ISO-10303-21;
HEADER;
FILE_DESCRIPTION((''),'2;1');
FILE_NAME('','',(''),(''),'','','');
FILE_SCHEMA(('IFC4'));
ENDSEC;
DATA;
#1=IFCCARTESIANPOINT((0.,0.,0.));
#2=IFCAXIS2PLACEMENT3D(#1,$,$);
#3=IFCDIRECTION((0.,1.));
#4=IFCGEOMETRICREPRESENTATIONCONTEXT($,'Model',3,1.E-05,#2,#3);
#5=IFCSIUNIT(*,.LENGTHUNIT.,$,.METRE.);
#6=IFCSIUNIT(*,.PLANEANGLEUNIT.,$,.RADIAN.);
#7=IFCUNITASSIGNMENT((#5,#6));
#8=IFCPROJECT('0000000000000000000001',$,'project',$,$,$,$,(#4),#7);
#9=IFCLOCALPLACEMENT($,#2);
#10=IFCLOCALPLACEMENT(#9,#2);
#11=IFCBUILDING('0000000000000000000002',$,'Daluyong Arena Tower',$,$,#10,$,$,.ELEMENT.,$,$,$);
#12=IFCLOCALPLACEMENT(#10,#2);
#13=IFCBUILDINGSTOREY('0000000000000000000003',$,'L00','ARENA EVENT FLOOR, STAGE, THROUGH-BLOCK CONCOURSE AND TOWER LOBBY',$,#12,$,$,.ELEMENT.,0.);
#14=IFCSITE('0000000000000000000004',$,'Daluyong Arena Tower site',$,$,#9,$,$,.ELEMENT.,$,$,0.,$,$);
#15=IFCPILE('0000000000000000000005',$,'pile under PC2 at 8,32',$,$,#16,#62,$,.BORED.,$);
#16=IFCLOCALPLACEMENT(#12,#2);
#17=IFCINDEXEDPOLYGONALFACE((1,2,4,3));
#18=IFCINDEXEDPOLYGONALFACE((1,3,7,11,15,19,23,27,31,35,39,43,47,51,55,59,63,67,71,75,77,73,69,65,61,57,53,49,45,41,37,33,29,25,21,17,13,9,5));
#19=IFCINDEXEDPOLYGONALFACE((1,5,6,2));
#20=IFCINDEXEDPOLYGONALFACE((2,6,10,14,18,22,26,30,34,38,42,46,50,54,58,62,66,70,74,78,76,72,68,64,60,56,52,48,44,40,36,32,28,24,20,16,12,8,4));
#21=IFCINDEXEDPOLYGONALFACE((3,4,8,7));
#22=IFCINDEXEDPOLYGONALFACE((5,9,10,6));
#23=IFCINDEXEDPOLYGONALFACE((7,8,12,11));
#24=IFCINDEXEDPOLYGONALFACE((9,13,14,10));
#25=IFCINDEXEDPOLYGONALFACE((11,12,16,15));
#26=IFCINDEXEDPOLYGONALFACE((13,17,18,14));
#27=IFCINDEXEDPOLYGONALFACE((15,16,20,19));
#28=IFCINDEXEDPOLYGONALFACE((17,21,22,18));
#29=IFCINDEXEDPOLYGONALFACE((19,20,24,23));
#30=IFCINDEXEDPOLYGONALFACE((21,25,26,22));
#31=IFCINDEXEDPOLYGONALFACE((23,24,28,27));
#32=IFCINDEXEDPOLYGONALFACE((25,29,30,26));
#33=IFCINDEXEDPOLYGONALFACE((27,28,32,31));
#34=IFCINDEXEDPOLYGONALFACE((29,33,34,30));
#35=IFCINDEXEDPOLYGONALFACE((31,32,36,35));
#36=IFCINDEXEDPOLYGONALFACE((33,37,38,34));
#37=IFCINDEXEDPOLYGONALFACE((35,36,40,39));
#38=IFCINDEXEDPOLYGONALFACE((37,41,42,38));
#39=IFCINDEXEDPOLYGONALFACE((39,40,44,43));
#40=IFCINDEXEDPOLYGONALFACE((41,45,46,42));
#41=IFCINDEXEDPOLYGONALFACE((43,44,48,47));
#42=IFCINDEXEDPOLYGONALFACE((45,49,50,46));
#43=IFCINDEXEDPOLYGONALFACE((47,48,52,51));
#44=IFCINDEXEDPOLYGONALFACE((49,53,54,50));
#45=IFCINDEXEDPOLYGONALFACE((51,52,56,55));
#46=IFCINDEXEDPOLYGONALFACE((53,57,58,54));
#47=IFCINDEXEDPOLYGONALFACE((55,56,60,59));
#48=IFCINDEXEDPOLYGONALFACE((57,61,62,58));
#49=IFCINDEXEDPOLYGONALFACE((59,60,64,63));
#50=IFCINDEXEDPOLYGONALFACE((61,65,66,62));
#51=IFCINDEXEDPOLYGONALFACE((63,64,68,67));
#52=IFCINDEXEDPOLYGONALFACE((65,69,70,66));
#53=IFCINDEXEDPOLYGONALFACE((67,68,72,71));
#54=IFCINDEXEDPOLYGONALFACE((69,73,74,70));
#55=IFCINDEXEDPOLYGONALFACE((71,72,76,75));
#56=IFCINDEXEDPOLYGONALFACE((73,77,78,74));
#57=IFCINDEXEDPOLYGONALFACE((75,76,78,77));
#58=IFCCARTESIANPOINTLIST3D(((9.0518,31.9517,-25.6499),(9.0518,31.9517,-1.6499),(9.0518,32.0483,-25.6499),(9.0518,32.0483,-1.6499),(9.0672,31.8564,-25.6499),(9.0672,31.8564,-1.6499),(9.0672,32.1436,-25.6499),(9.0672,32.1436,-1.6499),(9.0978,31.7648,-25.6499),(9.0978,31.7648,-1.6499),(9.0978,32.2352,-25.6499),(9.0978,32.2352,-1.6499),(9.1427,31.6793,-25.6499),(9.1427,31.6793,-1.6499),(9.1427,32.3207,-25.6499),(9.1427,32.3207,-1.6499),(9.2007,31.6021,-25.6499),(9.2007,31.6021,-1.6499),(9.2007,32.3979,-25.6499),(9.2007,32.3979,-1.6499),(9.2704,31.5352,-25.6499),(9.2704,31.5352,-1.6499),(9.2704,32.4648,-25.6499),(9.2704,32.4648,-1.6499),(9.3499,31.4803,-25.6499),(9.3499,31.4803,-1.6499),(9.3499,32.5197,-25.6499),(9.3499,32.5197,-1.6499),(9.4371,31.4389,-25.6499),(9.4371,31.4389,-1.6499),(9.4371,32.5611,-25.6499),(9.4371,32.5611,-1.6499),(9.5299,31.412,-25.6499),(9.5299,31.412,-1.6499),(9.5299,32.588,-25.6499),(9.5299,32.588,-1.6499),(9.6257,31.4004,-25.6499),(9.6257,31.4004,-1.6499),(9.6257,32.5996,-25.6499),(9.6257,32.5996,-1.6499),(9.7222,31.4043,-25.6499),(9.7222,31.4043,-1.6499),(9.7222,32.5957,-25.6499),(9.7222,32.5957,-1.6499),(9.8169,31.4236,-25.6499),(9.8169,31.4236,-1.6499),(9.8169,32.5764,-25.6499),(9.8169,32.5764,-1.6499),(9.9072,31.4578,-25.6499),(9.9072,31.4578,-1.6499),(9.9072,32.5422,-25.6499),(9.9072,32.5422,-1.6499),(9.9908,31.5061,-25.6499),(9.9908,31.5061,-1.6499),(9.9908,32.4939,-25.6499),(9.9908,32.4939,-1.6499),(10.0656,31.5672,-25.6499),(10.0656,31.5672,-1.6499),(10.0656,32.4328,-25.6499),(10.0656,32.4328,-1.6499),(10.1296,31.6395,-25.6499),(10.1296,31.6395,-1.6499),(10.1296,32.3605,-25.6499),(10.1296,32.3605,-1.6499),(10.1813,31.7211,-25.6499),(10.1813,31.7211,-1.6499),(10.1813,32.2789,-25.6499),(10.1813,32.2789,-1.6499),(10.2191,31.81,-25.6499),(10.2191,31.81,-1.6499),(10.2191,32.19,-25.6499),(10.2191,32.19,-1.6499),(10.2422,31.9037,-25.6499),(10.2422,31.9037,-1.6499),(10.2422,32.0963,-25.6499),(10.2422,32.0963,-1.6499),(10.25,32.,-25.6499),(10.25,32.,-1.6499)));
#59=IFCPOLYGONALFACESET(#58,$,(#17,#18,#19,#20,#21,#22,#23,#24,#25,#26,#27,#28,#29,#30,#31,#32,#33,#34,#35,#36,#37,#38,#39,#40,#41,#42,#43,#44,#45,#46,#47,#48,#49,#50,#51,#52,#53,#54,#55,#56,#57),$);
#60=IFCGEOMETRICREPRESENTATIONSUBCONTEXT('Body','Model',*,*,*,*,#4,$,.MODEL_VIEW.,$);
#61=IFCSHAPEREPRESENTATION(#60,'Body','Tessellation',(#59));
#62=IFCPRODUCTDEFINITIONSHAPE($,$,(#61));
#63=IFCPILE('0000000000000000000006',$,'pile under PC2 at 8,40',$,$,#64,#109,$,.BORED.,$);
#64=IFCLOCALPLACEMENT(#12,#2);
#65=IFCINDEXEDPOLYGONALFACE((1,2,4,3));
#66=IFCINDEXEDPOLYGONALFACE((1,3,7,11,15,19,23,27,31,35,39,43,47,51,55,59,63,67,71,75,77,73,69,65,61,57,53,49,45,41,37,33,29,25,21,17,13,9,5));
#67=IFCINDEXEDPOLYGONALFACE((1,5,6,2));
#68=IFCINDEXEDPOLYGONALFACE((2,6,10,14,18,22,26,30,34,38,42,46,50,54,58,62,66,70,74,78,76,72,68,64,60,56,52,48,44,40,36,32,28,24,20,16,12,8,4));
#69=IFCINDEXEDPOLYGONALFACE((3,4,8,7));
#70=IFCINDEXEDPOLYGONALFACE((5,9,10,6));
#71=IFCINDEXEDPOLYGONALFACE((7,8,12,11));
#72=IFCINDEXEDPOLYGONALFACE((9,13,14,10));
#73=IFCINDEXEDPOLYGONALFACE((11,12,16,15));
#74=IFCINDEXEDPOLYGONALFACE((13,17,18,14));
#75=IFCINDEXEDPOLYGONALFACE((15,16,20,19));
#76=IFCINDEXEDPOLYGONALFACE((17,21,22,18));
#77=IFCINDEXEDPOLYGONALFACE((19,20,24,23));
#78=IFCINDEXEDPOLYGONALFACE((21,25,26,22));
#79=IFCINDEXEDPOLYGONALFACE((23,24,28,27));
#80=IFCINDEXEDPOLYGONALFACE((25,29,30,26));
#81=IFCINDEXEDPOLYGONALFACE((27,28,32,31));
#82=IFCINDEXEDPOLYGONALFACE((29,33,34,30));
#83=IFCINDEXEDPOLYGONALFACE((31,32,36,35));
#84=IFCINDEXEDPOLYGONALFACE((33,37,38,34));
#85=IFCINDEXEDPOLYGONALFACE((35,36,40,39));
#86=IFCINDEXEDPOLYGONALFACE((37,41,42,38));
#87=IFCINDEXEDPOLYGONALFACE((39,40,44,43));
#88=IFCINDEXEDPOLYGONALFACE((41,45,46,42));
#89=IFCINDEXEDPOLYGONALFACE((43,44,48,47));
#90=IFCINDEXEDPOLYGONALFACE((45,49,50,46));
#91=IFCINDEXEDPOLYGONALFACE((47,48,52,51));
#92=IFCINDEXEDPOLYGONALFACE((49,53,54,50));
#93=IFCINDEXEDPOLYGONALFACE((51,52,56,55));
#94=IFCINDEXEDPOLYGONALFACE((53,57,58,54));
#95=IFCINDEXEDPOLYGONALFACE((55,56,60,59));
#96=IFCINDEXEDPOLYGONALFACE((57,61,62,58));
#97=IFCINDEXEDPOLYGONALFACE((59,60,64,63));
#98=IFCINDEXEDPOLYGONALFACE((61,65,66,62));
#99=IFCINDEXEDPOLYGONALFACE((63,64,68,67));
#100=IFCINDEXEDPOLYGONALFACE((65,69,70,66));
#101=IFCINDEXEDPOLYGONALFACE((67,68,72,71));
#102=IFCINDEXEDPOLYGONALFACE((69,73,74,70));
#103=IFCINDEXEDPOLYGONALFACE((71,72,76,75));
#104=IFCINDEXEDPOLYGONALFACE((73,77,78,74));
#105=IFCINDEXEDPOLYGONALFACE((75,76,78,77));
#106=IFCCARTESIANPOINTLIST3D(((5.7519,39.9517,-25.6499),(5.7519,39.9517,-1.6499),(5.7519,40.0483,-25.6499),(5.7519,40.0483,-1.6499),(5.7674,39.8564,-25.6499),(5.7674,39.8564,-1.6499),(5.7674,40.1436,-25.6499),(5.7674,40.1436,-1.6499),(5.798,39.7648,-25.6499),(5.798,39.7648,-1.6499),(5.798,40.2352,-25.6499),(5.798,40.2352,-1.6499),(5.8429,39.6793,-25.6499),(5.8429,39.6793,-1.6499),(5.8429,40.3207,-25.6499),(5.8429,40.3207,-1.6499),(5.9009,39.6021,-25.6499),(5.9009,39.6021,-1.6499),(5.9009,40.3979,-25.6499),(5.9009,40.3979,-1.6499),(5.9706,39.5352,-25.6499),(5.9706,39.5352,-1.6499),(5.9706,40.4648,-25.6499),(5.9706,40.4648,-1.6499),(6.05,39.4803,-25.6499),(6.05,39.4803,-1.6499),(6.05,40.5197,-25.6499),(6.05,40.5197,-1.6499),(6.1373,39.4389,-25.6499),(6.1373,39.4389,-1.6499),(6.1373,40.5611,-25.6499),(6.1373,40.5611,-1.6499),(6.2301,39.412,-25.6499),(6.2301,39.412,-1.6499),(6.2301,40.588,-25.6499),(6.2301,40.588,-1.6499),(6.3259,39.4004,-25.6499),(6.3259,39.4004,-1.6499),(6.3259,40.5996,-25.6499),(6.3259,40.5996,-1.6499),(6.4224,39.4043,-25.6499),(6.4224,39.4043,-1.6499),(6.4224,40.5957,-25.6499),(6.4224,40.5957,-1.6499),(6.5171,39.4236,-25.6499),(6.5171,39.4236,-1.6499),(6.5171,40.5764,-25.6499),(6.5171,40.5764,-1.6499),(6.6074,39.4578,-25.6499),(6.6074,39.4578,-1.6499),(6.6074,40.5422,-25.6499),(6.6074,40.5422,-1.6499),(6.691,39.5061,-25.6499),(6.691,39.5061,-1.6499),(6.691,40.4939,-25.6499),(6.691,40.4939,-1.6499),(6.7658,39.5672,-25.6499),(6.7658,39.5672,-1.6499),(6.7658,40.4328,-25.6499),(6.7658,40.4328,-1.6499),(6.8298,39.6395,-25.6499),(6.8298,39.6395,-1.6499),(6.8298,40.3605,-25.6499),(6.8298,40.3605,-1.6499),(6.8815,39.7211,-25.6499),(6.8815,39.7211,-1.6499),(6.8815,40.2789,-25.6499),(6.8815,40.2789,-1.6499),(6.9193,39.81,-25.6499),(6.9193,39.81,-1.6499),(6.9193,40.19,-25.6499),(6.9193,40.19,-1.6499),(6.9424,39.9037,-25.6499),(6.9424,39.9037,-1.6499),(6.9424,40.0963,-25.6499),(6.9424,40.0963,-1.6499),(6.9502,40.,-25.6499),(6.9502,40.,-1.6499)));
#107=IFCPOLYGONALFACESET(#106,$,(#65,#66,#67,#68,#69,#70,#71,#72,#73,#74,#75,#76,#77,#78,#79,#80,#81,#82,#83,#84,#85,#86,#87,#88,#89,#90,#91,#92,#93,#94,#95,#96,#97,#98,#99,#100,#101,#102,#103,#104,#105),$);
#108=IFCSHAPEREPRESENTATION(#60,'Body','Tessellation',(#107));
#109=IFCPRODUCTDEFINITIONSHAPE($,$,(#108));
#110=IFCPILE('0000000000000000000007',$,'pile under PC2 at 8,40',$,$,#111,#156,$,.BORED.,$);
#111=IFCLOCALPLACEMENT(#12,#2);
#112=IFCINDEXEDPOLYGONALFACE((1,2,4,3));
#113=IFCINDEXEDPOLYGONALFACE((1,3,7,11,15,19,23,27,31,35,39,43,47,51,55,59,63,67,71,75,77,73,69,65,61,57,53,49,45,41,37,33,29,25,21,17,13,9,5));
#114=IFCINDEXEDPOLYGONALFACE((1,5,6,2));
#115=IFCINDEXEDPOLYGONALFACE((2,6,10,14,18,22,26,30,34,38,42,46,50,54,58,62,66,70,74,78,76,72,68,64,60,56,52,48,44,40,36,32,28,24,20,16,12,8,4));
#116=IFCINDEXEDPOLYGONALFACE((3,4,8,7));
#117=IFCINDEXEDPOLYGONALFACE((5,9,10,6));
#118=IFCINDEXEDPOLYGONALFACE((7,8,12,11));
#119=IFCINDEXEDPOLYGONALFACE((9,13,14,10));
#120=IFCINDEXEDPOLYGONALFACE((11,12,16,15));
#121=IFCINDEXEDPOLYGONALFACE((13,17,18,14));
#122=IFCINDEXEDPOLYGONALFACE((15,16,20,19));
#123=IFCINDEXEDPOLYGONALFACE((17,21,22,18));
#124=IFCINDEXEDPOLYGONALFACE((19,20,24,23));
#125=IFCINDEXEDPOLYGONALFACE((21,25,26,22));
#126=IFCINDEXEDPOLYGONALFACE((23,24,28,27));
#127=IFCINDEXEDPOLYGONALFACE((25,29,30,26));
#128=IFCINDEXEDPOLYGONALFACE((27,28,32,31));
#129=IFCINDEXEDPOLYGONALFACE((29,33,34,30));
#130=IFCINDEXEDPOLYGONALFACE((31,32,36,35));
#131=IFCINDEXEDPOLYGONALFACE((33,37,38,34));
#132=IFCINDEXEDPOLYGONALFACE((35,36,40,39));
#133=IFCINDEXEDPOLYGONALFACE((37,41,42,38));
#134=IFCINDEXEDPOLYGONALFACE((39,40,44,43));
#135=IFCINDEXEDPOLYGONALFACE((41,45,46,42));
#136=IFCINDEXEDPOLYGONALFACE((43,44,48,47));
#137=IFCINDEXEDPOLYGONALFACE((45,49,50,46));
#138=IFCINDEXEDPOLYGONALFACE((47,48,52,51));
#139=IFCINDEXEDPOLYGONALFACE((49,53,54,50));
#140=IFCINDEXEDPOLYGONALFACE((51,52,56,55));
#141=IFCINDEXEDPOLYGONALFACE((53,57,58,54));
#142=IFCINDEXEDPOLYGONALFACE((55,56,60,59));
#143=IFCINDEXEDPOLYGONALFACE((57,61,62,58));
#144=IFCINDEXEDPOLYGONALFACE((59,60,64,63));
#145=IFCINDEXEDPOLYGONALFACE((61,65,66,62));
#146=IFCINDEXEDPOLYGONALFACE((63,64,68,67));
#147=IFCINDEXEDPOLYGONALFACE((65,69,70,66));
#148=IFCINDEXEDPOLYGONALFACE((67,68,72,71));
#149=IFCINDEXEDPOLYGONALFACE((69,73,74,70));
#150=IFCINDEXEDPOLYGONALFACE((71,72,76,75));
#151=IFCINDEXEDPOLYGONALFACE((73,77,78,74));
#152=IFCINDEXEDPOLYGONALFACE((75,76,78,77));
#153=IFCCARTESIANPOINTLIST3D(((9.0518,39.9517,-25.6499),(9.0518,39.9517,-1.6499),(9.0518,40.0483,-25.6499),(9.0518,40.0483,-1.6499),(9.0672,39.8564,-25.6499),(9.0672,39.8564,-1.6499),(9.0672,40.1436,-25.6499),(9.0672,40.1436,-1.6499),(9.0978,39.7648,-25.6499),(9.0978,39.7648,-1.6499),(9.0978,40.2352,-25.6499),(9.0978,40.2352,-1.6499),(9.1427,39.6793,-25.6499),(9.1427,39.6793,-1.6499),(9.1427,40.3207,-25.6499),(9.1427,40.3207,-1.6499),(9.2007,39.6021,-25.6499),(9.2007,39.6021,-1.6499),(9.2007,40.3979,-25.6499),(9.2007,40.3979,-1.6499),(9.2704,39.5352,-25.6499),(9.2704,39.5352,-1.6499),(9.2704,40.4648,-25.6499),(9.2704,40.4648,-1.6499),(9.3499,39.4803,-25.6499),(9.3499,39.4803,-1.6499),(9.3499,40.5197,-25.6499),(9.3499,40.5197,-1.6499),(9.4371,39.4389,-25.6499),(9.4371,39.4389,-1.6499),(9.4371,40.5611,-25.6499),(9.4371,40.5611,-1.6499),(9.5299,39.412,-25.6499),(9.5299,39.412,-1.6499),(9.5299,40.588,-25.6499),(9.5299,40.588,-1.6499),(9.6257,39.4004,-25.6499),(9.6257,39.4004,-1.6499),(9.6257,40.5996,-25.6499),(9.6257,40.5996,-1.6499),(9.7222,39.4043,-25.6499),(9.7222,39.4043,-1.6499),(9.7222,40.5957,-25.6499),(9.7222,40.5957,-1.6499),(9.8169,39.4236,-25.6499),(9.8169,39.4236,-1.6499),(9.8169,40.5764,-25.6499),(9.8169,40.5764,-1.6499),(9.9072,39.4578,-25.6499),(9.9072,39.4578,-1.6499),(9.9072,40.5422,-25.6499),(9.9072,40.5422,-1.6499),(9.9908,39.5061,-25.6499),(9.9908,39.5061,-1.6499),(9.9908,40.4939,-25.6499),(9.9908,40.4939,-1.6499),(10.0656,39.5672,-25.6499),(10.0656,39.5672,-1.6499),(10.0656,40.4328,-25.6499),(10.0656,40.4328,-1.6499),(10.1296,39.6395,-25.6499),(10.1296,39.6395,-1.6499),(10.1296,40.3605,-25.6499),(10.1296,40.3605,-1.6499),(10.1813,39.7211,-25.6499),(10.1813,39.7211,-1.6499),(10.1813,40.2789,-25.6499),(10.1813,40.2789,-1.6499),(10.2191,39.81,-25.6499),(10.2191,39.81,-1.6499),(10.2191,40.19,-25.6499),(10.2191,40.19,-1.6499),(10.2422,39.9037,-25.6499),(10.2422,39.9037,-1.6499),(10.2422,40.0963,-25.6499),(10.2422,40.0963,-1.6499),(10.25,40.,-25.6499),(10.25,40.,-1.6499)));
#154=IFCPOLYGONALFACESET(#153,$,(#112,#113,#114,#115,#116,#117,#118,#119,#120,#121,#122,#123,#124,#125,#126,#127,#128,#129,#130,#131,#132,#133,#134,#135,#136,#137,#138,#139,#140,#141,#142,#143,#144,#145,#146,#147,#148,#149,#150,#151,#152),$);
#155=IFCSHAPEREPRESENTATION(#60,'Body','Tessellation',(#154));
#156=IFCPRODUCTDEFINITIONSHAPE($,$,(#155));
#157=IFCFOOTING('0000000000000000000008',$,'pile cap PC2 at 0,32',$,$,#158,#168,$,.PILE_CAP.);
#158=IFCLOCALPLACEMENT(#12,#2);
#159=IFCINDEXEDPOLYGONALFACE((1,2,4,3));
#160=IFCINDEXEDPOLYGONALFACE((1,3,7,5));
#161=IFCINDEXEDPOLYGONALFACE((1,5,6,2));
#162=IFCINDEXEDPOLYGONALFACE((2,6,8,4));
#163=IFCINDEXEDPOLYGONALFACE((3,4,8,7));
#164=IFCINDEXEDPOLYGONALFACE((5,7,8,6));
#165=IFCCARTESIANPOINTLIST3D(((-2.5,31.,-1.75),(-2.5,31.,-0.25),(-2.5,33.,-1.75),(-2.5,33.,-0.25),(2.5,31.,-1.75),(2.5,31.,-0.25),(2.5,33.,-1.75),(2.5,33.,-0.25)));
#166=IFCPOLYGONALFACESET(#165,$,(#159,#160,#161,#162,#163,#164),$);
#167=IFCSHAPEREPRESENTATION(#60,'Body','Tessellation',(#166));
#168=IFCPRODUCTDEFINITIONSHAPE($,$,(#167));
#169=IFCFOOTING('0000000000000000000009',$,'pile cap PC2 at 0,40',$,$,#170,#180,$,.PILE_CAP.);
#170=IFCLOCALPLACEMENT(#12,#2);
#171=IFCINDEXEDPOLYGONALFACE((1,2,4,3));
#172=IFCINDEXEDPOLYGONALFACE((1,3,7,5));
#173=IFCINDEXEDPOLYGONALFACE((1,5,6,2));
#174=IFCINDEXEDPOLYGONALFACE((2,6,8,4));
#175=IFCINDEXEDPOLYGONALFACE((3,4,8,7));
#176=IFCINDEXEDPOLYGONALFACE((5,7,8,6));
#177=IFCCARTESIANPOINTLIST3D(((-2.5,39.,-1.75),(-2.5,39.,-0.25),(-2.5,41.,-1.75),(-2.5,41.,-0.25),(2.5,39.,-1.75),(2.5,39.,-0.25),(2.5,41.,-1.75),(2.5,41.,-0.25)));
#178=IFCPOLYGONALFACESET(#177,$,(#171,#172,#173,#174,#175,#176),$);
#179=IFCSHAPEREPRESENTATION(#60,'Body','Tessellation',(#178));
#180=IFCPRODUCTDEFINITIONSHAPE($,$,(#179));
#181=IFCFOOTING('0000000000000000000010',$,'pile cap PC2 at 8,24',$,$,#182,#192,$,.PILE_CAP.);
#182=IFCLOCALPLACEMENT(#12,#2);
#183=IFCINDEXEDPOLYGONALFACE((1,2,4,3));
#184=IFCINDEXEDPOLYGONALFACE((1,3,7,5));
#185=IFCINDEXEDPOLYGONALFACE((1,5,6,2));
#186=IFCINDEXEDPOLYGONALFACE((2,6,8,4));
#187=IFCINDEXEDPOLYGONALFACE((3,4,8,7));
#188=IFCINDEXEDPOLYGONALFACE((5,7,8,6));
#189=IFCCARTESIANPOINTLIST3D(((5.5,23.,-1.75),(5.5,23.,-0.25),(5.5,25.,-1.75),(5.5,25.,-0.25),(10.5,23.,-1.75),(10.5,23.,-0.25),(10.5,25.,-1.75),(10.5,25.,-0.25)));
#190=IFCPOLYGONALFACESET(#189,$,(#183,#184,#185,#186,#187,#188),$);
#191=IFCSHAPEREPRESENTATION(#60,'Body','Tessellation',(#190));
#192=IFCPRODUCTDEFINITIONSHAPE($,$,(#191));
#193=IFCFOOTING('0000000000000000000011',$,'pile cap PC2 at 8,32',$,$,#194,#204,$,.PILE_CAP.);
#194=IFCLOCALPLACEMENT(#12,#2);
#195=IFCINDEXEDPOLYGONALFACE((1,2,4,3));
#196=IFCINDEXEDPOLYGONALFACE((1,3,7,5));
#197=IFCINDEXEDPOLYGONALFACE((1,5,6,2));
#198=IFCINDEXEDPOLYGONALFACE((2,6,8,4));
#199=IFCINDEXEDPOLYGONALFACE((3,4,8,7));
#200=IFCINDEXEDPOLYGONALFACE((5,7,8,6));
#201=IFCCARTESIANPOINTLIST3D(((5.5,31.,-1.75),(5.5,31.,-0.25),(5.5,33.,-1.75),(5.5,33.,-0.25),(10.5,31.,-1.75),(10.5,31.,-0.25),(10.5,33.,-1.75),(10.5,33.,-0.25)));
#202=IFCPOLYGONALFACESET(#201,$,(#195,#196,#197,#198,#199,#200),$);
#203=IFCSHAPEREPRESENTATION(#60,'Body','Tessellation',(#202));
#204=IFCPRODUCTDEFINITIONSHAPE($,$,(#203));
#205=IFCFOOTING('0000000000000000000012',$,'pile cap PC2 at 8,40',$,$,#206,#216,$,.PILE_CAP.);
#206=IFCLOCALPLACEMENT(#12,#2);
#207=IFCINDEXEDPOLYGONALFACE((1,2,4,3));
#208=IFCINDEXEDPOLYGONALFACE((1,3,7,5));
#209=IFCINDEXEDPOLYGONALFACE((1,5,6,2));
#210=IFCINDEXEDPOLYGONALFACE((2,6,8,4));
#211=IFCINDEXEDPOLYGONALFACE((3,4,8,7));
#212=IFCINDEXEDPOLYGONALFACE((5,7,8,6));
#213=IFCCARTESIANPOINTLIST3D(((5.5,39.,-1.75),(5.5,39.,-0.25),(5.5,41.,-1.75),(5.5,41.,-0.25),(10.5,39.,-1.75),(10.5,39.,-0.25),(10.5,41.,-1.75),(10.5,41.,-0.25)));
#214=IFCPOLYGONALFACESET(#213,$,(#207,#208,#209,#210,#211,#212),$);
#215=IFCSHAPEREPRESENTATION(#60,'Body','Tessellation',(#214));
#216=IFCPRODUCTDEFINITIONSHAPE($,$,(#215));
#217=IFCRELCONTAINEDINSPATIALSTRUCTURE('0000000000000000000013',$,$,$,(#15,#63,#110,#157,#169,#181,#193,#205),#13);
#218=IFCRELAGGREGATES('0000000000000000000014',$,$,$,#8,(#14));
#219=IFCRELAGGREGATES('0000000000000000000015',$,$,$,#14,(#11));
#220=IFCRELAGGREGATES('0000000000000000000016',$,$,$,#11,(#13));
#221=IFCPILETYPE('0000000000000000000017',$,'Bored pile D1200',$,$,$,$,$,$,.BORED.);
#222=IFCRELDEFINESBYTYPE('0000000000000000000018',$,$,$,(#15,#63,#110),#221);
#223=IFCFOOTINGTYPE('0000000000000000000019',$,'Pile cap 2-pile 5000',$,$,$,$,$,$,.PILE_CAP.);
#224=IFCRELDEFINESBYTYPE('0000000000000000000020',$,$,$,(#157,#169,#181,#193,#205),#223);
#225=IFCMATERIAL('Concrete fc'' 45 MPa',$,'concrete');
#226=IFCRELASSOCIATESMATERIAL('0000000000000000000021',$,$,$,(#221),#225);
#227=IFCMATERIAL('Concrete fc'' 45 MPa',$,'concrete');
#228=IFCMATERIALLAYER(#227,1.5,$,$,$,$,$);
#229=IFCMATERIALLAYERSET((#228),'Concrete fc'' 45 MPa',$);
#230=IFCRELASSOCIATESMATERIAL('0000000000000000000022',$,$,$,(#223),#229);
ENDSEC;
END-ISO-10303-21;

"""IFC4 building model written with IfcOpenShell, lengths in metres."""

from ifc_helpers import new_model, si_unit, direction, frame, origin, origin_2d, place, context, subcontext, project, spatial, rectangle, circle, extrude, material, layer, layer_set, type_object, element, save


model = new_model("IFC4")

# Units and contexts
model_context = context("Model", 3, precision=1e-05, world=origin(), true_north=direction((0.0, 1.0)))
body_context = subcontext(model_context, "Body", "Model", "MODEL_VIEW")
ifc_project = project(units=[si_unit("LENGTHUNIT", "METRE"), si_unit("PLANEANGLEUNIT", "RADIAN")], contexts=[model_context])

# Site, building, storey
site_placement = place(None, origin())
site = spatial("IfcSite", under=ifc_project, at=site_placement, Name="Daluyong Arena Tower site", CompositionType="ELEMENT", RefElevation=0.0)
building_placement = place(site_placement, origin())
building = spatial("IfcBuilding", under=site, at=building_placement, Name="Daluyong Arena Tower", CompositionType="ELEMENT")
storey_placement = place(building_placement, origin())
storey = spatial("IfcBuildingStorey", under=building, at=storey_placement, Name="L00", Description="ARENA EVENT FLOOR, STAGE, THROUGH-BLOCK CONCOURSE AND TOWER LOBBY", CompositionType="ELEMENT", Elevation=0.0)

# Piles
ifc_material_1 = material(Name="Concrete fc' 45 MPa", Category="concrete")
pile_type = type_object("IfcPileType", Name="Bored pile D1200", PredefinedType="BORED", material=ifc_material_1)
for number, where, z_axis, x_axis, name in (
    (1, (9.6499, 32.0, -1.6499), (0.0, 0.0, -1.0), (1.0, 0.0, 0.0), "pile under PC2 at 8,32"),
    (2, (6.3501, 40.0, -1.6499), (0.0, 0.0, -1.0), (1.0, 0.0, 0.0), "pile under PC2 at 8,40"),
    (3, (9.6499, 40.0, -1.6499), (0.0, 0.0, -1.0), (1.0, 0.0, 0.0), "pile under PC2 at 8,40"),
):
    element("IfcPile", number, at=place(storey_placement, frame(where, z_axis=z_axis, x_axis=x_axis)), inside=storey, type_object=pile_type, Name=name, PredefinedType="BORED", context=body_context, shape_type="SweptSolid", body=[
        extrude(circle(Radius=0.6001, at=origin_2d()), origin(), (0.0, 0.0, 1.0), 24.0),
    ])

# Footings
ifc_material_2 = material(Name="Concrete fc' 45 MPa", Category="concrete")
ifc_layer_1 = layer(ifc_material_2, 1.5)
ifc_layer_set_1 = layer_set([ifc_layer_1], Name="Concrete fc' 45 MPa")
footing_type = type_object("IfcFootingType", Name="Pile cap 2-pile 5000", PredefinedType="PILE_CAP", material=ifc_layer_set_1)
for number, where, z_axis, x_axis, name in (
    (4, (0.0, 32.0, -1.75), (0.0, 0.0, 1.0), (1.0, 0.0, 0.0), "pile cap PC2 at 0,32"),
    (5, (0.0, 40.0, -1.75), (0.0, 0.0, 1.0), (1.0, 0.0, 0.0), "pile cap PC2 at 0,40"),
    (6, (8.0, 24.0, -1.75), (0.0, 0.0, 1.0), (1.0, 0.0, 0.0), "pile cap PC2 at 8,24"),
    (7, (8.0, 32.0, -1.75), (0.0, 0.0, 1.0), (1.0, 0.0, 0.0), "pile cap PC2 at 8,32"),
    (8, (8.0, 40.0, -1.75), (0.0, 0.0, 1.0), (1.0, 0.0, 0.0), "pile cap PC2 at 8,40"),
):
    element("IfcFooting", number, at=place(storey_placement, frame(where, z_axis=z_axis, x_axis=x_axis)), inside=storey, type_object=footing_type, Name=name, PredefinedType="PILE_CAP", context=body_context, shape_type="SweptSolid", body=[
        extrude(rectangle(XDim=5.0, YDim=2.0, at=origin_2d()), origin(), (0.0, 0.0, 1.0), 1.5),
    ])

save(model, "model.ifc")
